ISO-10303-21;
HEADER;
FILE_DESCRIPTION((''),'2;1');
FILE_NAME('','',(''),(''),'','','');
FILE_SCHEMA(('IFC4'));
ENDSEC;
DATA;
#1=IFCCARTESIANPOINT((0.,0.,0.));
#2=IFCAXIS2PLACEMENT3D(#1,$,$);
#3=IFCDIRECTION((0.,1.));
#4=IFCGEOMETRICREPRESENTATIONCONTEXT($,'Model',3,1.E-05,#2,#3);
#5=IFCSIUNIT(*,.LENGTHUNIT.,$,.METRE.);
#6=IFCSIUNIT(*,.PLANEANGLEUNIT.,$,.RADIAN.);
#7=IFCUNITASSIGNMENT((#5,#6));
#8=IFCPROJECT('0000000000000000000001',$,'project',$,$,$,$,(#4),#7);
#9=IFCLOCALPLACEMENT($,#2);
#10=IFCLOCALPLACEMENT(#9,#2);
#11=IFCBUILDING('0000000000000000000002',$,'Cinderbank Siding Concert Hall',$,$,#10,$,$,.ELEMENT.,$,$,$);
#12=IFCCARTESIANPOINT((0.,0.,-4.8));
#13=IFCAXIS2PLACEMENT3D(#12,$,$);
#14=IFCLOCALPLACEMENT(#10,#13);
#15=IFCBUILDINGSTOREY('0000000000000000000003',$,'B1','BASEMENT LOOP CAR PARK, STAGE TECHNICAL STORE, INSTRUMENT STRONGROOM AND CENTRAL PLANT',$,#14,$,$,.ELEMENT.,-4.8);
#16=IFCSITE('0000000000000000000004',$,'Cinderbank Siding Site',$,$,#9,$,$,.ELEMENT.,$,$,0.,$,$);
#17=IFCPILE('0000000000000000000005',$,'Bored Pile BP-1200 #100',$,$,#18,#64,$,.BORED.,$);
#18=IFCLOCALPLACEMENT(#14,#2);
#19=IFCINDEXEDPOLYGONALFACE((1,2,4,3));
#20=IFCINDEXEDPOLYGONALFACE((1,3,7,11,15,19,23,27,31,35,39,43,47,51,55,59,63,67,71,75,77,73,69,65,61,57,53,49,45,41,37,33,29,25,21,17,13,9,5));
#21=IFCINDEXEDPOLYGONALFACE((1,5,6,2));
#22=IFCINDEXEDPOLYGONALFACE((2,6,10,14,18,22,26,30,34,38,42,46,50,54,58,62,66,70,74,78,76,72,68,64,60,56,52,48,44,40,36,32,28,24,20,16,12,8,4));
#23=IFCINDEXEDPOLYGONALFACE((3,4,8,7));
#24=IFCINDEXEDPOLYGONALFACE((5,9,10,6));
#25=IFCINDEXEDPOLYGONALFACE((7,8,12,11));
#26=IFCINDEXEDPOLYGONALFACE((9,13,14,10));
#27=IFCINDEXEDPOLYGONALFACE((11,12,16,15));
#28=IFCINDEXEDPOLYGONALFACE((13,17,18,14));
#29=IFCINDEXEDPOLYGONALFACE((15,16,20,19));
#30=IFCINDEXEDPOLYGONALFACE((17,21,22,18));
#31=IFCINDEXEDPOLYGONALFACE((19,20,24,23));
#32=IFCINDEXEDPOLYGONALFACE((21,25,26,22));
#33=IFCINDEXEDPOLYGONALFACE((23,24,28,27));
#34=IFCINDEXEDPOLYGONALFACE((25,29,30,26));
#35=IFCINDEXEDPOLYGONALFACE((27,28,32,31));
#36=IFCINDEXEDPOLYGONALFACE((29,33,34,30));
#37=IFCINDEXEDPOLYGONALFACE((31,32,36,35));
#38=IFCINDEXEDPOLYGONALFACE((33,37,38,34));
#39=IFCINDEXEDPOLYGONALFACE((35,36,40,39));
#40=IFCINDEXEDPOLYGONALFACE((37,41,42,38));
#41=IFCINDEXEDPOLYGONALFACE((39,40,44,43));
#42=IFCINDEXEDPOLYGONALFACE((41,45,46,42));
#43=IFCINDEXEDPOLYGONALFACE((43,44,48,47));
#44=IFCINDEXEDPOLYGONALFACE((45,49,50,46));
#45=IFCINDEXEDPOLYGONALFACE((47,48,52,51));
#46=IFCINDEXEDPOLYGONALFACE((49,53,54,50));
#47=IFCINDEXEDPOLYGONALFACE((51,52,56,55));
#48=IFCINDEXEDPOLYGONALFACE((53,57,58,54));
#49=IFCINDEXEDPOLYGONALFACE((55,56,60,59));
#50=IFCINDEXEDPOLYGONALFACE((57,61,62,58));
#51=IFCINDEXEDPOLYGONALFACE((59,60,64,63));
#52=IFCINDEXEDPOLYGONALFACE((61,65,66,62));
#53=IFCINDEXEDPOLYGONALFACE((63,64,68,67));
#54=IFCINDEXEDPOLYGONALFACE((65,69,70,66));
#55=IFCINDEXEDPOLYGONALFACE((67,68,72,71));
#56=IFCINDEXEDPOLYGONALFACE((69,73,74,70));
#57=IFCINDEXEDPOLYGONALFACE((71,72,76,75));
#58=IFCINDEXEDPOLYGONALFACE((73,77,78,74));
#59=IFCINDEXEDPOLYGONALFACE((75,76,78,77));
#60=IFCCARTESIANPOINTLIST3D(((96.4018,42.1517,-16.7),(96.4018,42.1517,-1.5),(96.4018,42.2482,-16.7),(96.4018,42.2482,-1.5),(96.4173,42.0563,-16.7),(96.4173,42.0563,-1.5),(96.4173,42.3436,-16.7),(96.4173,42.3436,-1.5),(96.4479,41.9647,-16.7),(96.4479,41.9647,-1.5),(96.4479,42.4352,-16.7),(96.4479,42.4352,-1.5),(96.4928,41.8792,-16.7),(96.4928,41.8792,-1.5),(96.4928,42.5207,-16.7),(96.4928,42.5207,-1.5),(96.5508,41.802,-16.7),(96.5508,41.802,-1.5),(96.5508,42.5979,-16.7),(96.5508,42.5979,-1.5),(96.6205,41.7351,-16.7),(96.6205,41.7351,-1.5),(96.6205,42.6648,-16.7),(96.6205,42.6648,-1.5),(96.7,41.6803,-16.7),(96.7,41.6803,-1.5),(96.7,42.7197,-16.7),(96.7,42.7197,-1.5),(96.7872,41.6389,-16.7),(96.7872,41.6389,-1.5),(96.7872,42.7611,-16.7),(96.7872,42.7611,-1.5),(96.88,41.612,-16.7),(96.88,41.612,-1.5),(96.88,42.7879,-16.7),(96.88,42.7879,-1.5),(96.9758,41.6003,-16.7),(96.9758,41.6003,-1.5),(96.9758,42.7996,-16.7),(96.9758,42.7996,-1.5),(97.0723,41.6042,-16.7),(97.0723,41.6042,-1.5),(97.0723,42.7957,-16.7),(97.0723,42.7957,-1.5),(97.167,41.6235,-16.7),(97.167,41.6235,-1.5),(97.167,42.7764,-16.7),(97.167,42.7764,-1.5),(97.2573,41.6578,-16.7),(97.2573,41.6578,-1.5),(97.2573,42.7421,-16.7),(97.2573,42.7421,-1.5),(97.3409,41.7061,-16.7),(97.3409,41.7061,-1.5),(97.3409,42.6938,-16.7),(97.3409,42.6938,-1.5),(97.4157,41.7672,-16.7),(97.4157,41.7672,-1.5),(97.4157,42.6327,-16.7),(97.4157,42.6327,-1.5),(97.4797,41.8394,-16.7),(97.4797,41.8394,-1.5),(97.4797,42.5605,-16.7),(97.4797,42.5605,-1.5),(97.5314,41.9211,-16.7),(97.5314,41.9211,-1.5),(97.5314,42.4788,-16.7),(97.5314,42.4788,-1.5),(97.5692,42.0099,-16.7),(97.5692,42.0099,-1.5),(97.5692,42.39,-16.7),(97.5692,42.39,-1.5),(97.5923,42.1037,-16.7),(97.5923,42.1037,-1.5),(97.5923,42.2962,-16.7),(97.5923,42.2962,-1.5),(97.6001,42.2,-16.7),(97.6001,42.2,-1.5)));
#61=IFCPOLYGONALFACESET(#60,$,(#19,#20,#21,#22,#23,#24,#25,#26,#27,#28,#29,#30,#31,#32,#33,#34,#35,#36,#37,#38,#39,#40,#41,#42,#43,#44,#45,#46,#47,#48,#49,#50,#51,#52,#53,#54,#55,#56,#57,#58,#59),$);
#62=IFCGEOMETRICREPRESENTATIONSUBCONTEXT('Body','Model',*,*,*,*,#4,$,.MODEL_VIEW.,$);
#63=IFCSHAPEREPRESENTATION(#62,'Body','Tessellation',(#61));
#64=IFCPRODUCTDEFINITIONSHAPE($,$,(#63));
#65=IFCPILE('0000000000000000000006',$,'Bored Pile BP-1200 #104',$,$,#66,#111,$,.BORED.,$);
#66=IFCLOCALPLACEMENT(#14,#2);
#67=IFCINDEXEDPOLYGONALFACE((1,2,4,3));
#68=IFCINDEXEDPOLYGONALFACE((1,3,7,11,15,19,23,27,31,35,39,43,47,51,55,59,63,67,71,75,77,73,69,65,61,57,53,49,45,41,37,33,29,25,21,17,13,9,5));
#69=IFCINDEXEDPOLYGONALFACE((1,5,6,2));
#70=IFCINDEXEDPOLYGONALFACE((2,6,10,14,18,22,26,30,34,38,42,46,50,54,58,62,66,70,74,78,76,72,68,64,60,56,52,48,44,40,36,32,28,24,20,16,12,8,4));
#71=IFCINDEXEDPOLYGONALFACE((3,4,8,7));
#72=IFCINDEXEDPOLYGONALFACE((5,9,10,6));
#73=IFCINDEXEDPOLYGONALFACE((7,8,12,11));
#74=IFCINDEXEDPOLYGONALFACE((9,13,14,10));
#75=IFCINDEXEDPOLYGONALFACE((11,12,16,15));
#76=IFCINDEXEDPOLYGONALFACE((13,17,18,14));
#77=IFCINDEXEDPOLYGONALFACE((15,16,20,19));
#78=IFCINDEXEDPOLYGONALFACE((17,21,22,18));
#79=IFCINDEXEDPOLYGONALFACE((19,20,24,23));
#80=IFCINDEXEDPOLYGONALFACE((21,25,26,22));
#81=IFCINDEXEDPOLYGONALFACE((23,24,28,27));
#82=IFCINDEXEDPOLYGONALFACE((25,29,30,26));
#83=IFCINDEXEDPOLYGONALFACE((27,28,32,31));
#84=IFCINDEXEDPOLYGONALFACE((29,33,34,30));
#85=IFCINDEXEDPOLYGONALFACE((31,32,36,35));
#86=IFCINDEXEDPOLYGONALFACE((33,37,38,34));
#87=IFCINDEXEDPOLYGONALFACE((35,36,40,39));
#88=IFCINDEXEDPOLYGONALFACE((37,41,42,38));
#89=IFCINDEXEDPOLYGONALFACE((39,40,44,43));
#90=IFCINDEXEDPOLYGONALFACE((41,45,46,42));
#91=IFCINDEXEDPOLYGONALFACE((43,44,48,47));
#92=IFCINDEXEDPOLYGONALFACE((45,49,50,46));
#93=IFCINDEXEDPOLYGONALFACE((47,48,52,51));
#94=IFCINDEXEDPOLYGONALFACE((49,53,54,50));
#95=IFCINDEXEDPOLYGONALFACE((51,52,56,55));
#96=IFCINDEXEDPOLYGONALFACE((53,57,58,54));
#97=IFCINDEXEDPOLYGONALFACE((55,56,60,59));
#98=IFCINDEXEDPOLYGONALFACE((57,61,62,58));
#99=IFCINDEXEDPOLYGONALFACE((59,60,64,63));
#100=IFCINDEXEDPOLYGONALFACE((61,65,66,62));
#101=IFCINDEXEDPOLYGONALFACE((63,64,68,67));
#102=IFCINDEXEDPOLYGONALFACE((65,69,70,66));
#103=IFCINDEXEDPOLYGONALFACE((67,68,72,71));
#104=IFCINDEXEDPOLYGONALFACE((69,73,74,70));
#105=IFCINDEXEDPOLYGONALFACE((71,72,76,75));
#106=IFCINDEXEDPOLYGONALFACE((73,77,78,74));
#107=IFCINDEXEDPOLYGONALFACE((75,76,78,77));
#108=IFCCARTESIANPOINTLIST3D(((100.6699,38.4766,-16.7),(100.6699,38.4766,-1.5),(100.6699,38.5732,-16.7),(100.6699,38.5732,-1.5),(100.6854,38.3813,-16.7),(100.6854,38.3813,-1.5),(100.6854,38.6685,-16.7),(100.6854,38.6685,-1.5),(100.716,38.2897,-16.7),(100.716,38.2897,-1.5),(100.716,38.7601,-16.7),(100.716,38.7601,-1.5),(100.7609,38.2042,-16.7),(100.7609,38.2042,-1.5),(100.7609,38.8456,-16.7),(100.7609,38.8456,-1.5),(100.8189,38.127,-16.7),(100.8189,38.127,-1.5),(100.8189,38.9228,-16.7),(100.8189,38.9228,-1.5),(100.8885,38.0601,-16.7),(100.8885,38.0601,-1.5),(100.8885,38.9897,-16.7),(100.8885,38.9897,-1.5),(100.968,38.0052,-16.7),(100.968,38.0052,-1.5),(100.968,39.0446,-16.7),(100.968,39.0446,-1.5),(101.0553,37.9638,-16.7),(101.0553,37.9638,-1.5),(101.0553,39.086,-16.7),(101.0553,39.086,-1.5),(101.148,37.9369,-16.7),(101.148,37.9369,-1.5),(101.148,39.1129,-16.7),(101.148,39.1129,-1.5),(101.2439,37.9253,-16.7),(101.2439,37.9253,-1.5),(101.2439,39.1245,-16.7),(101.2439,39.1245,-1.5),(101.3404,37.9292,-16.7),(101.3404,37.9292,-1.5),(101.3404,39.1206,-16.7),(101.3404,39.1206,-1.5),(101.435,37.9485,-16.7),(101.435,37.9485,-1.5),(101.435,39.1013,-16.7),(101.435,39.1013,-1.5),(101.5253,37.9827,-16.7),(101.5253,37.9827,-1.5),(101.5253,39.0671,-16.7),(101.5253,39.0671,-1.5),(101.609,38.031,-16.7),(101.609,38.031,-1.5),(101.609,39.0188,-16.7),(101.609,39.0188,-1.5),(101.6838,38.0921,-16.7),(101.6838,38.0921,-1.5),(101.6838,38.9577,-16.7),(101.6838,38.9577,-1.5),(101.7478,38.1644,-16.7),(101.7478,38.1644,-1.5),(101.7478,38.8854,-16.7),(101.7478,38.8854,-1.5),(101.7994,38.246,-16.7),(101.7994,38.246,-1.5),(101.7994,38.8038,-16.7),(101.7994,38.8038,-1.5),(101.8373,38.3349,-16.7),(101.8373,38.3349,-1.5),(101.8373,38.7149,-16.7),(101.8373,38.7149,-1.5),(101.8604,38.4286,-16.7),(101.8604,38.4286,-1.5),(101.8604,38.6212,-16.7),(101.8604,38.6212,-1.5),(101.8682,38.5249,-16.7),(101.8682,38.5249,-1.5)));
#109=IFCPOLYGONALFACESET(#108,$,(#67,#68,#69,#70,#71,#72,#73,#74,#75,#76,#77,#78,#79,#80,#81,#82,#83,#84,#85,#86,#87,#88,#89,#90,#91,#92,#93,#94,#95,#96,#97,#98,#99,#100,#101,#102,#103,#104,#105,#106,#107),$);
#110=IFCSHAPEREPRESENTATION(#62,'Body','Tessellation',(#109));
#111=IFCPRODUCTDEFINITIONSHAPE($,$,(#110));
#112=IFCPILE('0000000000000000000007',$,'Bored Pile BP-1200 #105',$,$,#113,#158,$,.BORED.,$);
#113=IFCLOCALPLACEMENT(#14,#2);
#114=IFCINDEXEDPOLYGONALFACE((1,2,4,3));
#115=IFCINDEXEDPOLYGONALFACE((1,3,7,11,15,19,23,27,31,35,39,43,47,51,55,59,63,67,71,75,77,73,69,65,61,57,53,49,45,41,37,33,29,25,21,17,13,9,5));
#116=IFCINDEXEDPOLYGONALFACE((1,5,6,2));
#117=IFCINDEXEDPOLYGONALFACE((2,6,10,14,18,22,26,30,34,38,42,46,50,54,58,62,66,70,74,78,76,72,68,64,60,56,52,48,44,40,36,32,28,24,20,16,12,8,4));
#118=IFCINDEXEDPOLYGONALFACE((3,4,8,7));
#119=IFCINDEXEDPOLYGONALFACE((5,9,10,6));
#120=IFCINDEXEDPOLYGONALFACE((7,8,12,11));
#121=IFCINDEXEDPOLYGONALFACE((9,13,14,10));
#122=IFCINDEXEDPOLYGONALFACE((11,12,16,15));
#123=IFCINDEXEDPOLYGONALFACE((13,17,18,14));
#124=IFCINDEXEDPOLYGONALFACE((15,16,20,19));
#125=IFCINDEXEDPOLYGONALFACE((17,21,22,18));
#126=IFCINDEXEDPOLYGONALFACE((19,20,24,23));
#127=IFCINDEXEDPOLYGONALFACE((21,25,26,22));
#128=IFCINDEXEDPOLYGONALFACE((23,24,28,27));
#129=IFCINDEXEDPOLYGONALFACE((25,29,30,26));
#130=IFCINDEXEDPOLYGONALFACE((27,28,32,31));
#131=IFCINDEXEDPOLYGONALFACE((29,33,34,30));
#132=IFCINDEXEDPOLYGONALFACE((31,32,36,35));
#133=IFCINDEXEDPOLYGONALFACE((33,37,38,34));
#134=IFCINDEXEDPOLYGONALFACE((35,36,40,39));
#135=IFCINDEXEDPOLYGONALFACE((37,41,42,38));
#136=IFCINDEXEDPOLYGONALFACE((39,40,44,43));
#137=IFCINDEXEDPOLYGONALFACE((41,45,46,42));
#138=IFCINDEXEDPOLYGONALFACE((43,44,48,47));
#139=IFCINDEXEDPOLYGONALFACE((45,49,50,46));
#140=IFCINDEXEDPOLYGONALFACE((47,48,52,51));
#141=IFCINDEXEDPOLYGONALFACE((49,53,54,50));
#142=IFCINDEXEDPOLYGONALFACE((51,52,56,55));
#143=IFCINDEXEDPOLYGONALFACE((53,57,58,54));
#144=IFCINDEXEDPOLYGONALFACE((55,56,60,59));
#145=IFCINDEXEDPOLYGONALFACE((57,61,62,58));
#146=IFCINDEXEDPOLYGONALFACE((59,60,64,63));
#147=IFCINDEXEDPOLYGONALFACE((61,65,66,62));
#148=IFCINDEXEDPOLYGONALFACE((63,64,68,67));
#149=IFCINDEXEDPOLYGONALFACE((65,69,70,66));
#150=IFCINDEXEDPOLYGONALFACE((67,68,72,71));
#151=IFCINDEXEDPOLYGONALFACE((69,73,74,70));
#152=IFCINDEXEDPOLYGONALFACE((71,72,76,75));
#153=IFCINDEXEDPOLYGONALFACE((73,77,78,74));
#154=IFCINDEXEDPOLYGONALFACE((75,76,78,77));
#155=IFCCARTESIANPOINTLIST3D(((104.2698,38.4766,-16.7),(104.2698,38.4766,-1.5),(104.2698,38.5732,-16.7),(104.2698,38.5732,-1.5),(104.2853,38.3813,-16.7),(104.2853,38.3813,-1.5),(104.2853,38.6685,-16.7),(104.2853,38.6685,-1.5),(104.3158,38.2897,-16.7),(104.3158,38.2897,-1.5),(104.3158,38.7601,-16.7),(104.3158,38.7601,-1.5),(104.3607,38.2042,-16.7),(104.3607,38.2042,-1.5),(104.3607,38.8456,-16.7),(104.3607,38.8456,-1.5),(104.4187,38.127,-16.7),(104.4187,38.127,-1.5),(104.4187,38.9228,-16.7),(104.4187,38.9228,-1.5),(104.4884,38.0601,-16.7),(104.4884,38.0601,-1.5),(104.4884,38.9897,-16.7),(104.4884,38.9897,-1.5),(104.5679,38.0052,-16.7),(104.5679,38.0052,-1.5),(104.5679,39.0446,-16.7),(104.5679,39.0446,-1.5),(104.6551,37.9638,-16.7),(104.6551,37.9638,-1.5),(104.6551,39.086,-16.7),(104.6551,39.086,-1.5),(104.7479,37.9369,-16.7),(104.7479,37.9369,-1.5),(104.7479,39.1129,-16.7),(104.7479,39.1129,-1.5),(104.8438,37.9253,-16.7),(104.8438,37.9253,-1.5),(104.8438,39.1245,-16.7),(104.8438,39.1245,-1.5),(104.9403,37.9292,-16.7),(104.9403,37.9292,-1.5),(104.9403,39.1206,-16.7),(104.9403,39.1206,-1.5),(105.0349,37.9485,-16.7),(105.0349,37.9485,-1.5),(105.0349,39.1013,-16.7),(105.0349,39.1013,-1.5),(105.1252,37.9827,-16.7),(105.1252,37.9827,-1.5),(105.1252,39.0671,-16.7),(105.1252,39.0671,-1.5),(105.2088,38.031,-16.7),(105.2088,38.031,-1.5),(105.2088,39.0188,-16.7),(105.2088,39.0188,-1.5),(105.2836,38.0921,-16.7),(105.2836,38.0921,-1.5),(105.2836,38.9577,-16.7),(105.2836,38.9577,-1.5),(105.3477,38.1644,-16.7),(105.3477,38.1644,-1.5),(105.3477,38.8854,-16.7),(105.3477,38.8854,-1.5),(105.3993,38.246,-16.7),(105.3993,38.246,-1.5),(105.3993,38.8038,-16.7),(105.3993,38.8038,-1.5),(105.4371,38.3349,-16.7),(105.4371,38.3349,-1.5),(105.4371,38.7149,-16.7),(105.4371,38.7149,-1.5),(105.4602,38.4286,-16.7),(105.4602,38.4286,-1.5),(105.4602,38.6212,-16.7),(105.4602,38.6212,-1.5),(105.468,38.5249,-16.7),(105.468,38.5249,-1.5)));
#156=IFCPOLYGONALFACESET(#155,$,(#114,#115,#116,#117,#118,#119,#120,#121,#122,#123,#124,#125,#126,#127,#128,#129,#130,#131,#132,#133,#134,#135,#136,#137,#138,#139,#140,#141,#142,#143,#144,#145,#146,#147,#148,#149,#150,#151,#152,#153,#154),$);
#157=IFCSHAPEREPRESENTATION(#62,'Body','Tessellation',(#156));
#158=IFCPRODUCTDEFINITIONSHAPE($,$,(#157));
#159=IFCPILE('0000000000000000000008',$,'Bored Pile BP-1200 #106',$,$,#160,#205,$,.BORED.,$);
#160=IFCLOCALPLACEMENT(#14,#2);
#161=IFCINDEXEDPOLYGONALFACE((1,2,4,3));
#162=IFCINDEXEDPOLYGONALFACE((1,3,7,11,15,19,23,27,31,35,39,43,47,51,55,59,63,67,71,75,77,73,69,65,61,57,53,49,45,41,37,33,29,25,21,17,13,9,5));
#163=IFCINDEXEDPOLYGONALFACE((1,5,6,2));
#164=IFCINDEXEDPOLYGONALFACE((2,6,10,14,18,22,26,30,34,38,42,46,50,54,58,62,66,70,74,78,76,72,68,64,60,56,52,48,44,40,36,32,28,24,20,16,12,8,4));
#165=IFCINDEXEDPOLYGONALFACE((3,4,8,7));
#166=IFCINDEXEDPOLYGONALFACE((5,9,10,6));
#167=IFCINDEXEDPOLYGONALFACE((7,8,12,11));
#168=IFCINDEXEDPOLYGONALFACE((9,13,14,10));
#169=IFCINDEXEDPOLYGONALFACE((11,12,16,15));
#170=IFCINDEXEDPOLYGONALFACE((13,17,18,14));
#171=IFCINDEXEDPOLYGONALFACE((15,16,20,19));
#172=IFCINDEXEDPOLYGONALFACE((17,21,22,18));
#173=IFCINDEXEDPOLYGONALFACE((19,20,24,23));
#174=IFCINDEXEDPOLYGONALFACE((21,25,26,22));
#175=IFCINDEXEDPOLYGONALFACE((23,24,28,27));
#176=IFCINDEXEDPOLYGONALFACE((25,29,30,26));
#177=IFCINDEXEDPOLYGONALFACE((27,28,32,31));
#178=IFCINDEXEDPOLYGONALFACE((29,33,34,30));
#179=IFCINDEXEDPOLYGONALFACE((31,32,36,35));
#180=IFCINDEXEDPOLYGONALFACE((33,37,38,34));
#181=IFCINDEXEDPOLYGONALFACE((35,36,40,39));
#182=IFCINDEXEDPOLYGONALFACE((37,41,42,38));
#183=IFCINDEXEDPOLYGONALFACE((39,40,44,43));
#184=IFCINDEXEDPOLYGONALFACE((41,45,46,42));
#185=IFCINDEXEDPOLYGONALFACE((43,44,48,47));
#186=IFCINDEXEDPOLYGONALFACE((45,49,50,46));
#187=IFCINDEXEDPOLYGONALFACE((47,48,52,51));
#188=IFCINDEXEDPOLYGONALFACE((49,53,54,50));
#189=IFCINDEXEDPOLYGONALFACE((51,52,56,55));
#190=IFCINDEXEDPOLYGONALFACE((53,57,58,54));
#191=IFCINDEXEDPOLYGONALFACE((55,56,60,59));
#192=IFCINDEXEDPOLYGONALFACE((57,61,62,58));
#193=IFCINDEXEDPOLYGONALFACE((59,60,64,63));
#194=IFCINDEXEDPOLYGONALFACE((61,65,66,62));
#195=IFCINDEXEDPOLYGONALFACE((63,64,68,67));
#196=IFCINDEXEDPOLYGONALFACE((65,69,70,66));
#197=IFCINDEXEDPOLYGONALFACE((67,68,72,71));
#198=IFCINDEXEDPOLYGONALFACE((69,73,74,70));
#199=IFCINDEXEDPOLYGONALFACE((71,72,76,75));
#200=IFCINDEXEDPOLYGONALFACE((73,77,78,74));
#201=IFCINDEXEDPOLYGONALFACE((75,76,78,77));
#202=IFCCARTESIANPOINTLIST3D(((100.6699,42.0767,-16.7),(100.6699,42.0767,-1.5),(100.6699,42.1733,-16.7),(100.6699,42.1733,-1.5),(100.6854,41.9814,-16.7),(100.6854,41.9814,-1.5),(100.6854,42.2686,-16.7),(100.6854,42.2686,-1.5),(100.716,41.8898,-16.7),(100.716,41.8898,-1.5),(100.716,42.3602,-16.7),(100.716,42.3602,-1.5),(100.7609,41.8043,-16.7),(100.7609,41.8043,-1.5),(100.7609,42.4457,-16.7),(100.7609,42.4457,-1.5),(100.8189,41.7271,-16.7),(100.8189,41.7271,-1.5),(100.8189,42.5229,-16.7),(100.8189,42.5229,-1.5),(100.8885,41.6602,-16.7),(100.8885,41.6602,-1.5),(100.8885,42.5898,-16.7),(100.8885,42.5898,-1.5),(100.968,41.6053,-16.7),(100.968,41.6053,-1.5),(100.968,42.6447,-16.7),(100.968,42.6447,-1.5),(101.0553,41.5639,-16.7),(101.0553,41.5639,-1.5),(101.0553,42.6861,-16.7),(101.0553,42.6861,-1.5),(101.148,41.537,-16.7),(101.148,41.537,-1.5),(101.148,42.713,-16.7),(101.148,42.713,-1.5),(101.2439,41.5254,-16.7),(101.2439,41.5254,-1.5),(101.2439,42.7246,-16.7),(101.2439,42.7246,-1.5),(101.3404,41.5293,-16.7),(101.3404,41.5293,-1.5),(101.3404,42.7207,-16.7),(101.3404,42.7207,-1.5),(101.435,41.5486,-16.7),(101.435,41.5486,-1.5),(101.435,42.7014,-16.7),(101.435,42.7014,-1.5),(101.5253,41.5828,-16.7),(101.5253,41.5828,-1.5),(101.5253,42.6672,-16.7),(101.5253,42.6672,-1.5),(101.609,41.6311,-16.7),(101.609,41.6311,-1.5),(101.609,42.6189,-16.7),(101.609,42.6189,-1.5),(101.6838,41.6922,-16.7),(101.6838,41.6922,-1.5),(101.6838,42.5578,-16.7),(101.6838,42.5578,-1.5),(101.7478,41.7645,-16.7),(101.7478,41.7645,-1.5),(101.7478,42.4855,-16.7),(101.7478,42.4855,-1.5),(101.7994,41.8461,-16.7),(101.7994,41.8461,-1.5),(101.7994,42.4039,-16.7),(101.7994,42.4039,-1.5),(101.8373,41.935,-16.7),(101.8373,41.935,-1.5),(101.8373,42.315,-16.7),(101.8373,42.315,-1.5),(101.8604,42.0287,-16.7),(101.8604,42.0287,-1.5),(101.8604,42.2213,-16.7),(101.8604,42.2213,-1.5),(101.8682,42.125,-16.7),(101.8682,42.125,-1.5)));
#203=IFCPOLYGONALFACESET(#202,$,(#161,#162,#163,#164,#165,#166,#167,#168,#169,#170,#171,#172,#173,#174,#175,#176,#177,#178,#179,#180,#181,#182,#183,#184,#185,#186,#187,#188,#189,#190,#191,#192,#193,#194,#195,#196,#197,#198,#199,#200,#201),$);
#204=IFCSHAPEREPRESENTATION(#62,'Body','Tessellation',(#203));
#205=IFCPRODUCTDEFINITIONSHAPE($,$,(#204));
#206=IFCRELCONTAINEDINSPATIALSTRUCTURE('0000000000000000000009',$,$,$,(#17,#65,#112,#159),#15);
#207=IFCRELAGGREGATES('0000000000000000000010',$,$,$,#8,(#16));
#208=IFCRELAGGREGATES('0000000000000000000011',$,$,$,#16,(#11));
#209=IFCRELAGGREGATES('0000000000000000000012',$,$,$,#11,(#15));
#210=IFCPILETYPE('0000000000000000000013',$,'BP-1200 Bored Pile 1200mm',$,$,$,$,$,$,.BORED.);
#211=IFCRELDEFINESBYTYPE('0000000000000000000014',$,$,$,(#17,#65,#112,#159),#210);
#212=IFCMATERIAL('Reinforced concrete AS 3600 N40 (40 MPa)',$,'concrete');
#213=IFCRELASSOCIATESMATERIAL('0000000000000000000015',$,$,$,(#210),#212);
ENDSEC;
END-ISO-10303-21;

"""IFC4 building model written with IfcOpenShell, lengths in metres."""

from ifc_helpers import new_model, si_unit, direction, frame, origin, origin_2d, place, context, subcontext, project, spatial, circle, extrude, material, material_profile, profile_set, type_object, element, save


model = new_model("IFC4")

# Units and contexts
model_context = context("Model", 3, precision=1e-05, world=origin(), true_north=direction((0.0, 1.0)))
body_context = subcontext(model_context, "Body", "Model", "MODEL_VIEW")
ifc_project = project(units=[si_unit("LENGTHUNIT", "METRE"), si_unit("PLANEANGLEUNIT", "RADIAN")], contexts=[model_context])

# Site, building, storey
site_placement = place(None, origin())
site = spatial("IfcSite", under=ifc_project, at=site_placement, Name="Cinderbank Siding Site", CompositionType="ELEMENT", RefElevation=0.0)
building_placement = place(site_placement, origin())
building = spatial("IfcBuilding", under=site, at=building_placement, Name="Cinderbank Siding Concert Hall", CompositionType="ELEMENT")
storey_placement = place(building_placement, frame((0.0, 0.0, -4.8)))
storey = spatial("IfcBuildingStorey", under=building, at=storey_placement, Name="B1", Description="BASEMENT LOOP CAR PARK, STAGE TECHNICAL STORE, INSTRUMENT STRONGROOM AND CENTRAL PLANT", CompositionType="ELEMENT", Elevation=-4.8)

# Piles
ifc_material_1 = material(Name="Reinforced concrete AS 3600 N40 (40 MPa)", Category="concrete")
ifc_material_profile_1 = material_profile(ifc_material_1, circle(Radius=0.6001, at=origin_2d()), Name="PILE-1200DIA", Category="LoadBearing")
ifc_profile_set_1 = profile_set([ifc_material_profile_1], Name="Reinforced concrete AS 3600 N40 (40 MPa)")
pile_type_1 = type_object("IfcPileType", Name="BP-1200 Bored Pile 1200mm", PredefinedType="BORED", material=ifc_profile_set_1)
for number, where, z_axis, x_axis, name in (
    (1, (97.0, 42.2, -1.5), (0.0, 0.0, -1.0), (1.0, 0.0, 0.0), "Bored Pile BP-1200 #100"),
    (2, (101.2681, 38.5249, -1.5), (0.0, 0.0, -1.0), (1.0, 0.0, 0.0), "Bored Pile BP-1200 #104"),
    (3, (104.8679, 38.5249, -1.5), (0.0, 0.0, -1.0), (1.0, 0.0, 0.0), "Bored Pile BP-1200 #105"),
    (4, (101.2681, 42.125, -1.5), (0.0, 0.0, -1.0), (1.0, 0.0, 0.0), "Bored Pile BP-1200 #106"),
):
    element("IfcPile", number, at=place(storey_placement, frame(where, z_axis=z_axis, x_axis=x_axis)), inside=storey, type_object=pile_type_1, Name=name, PredefinedType="BORED", context=body_context, shape_type="SweptSolid", body=[
        extrude(circle(Radius=0.6001, at=origin_2d()), origin(), (0.0, 0.0, 1.0), 15.2),
    ])

save(model, "model.ifc")
